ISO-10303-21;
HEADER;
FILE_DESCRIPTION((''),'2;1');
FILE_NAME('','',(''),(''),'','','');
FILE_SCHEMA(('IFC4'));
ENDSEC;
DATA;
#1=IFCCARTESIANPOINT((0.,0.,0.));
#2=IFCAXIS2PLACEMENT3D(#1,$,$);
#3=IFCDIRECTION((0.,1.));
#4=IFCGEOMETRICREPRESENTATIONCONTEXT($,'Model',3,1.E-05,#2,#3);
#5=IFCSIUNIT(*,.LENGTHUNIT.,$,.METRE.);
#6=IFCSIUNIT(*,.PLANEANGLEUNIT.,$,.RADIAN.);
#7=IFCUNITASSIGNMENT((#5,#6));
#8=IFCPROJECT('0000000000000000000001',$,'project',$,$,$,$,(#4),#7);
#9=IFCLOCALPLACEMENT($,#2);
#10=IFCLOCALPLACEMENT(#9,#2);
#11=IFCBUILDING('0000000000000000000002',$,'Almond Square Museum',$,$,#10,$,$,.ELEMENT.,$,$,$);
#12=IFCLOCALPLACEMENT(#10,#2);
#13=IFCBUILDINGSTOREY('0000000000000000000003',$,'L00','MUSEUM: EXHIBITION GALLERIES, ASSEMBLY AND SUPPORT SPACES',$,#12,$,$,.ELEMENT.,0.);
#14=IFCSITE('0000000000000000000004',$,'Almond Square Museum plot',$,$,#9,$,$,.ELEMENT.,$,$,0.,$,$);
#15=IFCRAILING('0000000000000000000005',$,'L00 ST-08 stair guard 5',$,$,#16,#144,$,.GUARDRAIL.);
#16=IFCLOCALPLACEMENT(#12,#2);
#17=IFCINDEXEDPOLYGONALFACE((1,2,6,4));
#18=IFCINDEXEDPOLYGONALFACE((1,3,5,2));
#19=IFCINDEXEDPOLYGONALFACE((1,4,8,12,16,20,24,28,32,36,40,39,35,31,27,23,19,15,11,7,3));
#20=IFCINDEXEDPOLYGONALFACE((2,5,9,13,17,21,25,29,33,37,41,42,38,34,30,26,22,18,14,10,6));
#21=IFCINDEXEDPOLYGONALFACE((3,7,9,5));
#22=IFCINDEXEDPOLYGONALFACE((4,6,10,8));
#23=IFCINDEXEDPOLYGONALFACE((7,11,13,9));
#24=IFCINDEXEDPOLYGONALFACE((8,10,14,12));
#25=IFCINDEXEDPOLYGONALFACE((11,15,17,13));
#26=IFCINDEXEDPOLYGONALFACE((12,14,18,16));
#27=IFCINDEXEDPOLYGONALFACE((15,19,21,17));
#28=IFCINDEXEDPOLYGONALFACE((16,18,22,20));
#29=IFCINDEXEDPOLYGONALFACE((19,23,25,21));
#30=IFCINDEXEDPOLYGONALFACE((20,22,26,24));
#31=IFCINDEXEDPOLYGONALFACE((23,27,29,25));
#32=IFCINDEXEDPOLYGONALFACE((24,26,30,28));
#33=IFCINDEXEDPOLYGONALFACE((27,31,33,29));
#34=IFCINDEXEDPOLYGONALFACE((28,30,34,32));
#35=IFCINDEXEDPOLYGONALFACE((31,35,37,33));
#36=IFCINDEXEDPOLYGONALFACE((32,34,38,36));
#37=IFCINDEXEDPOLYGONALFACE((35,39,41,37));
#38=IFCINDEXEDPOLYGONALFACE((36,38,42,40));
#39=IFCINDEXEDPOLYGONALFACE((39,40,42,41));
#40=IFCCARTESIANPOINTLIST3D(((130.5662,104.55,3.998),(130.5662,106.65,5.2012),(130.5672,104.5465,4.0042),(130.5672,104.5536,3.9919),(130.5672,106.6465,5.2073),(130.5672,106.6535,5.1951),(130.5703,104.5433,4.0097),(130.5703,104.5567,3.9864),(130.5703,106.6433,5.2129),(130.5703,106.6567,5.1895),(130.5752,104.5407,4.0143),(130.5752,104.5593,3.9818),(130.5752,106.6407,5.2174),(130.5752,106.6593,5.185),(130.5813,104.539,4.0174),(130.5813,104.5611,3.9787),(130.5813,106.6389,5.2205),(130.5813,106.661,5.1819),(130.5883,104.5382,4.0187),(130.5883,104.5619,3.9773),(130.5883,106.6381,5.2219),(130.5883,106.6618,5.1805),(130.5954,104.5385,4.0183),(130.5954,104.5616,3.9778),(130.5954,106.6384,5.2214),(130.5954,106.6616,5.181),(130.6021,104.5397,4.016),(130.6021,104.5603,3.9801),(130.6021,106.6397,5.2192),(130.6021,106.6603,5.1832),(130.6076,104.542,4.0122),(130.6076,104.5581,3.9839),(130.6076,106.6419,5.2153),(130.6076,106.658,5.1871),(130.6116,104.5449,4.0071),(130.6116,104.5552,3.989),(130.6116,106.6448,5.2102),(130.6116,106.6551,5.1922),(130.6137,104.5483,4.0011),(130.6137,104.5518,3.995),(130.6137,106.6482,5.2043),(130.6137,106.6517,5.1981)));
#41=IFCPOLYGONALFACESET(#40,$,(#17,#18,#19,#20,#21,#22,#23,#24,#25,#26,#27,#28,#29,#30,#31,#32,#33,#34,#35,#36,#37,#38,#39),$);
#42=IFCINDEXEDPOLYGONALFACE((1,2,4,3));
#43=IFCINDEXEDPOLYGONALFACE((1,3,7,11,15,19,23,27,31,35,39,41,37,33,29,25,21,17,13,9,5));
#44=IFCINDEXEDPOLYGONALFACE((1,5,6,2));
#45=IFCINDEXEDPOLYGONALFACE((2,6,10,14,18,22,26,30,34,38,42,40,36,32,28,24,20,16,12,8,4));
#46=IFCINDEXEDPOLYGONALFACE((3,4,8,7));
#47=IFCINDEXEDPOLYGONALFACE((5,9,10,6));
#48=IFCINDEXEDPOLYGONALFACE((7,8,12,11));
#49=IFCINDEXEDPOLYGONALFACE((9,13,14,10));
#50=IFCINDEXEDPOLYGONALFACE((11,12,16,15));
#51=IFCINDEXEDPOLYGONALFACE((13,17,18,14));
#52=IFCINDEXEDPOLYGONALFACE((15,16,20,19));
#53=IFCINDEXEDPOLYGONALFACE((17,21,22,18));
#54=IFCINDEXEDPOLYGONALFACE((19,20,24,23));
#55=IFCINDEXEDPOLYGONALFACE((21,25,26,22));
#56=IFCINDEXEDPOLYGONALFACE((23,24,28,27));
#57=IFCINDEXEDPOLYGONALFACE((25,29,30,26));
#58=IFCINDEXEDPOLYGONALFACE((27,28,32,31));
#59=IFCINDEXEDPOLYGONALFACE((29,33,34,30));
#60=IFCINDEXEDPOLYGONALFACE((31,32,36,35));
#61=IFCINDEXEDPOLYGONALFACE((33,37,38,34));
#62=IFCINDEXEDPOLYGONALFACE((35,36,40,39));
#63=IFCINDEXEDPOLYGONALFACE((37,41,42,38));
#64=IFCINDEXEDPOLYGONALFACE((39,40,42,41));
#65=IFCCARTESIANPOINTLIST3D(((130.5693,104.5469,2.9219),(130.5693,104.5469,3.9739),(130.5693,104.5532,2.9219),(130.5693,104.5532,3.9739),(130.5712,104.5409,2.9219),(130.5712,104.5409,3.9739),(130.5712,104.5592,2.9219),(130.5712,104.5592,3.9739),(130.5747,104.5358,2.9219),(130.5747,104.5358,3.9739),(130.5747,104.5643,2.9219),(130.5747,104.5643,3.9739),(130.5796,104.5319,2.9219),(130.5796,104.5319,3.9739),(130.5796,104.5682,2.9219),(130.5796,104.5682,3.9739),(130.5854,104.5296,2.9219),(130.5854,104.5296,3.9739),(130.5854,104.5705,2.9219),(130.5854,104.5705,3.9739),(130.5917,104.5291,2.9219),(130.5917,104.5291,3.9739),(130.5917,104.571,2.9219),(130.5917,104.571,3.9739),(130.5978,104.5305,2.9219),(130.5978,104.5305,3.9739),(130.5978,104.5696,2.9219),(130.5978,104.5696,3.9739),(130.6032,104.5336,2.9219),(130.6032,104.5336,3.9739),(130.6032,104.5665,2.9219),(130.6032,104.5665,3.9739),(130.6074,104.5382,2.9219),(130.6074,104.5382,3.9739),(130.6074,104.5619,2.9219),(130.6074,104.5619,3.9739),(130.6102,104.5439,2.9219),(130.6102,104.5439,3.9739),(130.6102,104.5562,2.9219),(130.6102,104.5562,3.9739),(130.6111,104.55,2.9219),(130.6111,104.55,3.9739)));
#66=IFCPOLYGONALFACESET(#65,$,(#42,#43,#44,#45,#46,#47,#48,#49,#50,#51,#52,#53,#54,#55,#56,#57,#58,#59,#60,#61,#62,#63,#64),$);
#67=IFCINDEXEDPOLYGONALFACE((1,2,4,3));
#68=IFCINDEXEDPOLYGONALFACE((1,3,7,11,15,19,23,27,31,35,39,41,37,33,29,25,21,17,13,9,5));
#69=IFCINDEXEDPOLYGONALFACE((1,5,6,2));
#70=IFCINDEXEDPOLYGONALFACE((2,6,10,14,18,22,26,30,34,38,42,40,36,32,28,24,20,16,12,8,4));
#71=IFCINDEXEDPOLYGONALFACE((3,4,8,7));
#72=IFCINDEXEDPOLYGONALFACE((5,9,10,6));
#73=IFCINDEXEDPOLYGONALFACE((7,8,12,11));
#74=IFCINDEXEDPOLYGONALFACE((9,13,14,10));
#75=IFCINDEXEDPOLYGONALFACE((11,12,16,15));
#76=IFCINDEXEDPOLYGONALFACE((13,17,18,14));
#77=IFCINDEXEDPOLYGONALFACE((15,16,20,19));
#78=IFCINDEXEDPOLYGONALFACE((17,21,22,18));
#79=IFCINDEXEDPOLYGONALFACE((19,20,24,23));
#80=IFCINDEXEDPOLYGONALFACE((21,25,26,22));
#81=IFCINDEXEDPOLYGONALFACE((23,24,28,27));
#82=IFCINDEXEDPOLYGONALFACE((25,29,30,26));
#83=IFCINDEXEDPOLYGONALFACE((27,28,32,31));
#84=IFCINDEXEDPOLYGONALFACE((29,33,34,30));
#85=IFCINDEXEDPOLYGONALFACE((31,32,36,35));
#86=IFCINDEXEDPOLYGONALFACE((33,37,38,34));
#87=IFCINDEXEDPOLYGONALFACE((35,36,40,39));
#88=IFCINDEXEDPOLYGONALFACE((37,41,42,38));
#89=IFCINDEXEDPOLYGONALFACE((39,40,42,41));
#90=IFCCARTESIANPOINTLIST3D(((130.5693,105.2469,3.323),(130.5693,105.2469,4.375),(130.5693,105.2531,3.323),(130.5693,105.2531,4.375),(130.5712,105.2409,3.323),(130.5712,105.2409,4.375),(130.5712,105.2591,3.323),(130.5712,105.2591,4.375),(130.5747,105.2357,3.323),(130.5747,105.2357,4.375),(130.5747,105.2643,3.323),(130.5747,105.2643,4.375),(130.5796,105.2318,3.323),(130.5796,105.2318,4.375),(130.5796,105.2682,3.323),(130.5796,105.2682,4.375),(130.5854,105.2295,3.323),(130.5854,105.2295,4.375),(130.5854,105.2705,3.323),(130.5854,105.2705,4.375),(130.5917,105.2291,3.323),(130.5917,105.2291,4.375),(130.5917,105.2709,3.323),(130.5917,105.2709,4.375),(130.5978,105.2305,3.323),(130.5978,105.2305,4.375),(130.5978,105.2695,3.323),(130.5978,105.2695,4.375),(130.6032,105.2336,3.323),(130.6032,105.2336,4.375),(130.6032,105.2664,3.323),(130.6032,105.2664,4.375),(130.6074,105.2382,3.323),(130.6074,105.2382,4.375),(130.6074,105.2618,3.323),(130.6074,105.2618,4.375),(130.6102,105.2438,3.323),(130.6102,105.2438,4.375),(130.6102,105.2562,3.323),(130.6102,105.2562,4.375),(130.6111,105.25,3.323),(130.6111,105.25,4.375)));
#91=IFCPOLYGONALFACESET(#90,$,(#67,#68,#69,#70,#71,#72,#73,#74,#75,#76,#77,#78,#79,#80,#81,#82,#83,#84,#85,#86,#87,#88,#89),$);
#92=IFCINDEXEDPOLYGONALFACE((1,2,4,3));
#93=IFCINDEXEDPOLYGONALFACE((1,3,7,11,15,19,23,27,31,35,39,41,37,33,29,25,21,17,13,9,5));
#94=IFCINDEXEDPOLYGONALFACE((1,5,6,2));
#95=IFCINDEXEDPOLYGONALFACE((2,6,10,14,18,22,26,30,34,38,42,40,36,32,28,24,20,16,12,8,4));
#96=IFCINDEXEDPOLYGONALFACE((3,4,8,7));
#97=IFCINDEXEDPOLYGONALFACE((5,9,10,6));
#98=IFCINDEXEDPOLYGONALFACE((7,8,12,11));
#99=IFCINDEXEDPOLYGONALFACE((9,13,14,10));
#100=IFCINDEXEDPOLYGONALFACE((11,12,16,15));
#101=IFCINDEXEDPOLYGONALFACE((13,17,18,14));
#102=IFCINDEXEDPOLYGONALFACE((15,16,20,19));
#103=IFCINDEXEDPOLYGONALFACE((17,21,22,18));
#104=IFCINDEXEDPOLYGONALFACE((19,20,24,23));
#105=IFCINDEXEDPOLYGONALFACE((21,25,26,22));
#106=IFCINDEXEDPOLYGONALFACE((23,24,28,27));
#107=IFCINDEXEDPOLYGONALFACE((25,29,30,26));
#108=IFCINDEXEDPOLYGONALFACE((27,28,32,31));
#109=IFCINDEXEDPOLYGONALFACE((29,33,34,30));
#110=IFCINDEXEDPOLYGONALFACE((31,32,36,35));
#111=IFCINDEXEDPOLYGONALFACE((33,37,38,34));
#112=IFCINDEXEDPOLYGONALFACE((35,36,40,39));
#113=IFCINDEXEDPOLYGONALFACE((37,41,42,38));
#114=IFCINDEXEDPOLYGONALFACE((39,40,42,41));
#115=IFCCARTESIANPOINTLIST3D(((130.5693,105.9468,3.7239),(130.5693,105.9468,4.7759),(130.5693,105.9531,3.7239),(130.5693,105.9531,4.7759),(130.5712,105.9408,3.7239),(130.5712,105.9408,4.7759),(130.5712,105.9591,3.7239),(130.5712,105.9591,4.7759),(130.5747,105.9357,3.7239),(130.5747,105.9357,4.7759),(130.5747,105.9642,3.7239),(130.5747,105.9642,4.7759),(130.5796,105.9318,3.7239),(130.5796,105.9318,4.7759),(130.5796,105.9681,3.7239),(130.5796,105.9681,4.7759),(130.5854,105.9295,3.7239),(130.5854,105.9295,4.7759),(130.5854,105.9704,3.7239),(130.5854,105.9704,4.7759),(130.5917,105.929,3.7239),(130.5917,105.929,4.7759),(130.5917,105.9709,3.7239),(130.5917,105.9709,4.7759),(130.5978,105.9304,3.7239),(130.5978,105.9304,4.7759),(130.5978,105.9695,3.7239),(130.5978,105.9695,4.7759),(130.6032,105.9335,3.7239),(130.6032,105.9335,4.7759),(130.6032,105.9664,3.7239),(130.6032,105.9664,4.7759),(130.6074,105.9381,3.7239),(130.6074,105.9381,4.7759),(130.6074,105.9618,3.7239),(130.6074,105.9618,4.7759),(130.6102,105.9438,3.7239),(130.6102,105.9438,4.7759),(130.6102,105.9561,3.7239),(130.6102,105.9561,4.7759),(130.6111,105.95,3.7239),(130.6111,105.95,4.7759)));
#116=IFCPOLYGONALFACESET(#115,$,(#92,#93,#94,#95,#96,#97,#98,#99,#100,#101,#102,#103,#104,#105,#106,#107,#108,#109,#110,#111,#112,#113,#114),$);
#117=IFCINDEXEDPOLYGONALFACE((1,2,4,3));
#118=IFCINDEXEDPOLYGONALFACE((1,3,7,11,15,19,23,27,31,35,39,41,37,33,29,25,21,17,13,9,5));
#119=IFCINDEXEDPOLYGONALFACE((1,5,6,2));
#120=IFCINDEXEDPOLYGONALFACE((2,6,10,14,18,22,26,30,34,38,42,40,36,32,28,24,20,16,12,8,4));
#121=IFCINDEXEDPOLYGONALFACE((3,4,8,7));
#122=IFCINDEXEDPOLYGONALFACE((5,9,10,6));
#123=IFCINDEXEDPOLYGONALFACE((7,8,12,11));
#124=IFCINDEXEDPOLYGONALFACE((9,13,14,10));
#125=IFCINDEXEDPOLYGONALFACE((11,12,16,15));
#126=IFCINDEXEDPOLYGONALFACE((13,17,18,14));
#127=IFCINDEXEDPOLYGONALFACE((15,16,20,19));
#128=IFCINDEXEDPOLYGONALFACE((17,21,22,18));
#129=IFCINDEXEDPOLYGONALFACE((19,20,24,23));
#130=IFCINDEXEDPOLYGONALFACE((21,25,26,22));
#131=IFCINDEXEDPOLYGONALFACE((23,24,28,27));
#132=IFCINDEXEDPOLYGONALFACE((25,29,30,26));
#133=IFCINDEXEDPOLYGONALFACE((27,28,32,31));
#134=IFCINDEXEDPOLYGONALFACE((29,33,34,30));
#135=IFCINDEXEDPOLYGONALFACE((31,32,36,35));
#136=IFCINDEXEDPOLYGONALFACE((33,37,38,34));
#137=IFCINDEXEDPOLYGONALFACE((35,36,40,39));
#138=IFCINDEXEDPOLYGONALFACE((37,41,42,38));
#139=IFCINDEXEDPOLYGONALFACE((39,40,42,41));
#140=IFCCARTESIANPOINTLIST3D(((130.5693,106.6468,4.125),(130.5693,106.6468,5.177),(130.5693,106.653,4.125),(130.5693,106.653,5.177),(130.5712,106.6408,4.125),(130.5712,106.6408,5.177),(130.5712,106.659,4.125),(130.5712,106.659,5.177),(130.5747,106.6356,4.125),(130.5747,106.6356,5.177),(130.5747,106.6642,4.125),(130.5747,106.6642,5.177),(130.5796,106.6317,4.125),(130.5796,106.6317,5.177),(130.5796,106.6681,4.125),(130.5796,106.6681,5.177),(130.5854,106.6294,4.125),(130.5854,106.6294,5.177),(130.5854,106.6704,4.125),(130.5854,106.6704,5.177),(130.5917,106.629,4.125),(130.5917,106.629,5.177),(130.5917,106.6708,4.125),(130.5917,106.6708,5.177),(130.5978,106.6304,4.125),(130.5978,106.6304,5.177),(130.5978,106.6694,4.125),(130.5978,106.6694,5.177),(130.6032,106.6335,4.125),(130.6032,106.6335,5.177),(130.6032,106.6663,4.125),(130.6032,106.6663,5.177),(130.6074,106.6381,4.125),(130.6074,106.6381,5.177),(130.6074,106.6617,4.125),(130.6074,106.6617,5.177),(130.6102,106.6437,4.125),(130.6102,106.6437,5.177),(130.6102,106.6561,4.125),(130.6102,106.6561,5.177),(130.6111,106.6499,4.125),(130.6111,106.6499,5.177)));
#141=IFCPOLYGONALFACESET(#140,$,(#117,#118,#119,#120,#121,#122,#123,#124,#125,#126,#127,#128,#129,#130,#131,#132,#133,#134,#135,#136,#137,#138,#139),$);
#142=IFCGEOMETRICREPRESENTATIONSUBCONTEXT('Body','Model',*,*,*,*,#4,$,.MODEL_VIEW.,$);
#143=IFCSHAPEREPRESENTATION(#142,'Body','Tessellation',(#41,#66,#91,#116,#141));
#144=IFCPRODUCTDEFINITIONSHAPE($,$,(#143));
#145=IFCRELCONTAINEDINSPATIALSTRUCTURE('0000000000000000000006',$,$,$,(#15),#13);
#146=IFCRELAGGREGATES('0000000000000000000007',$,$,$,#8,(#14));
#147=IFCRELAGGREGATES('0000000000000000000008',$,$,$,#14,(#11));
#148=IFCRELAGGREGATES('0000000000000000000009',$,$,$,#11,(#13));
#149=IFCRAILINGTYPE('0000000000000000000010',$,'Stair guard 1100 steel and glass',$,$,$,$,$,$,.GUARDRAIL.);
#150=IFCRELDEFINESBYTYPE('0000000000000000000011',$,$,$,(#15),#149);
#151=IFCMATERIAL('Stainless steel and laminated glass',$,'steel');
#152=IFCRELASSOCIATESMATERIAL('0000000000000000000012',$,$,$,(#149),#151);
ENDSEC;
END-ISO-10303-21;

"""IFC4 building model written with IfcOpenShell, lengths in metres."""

from ifc_helpers import new_model, si_unit, direction, frame, origin, origin_2d, place, context, subcontext, project, spatial, circle, extrude, material, type_object, element, save


model = new_model("IFC4")

# Units and contexts
model_context = context("Model", 3, precision=1e-05, world=origin(), true_north=direction((0.0, 1.0)))
body_context = subcontext(model_context, "Body", "Model", "MODEL_VIEW")
ifc_project = project(units=[si_unit("LENGTHUNIT", "METRE"), si_unit("PLANEANGLEUNIT", "RADIAN")], contexts=[model_context])

# Site, building, storey
site_placement = place(None, origin())
site = spatial("IfcSite", under=ifc_project, at=site_placement, Name="Almond Square Museum plot", CompositionType="ELEMENT", RefElevation=0.0)
building_placement = place(site_placement, origin())
building = spatial("IfcBuilding", under=site, at=building_placement, Name="Almond Square Museum", CompositionType="ELEMENT")
storey_placement = place(building_placement, origin())
storey = spatial("IfcBuildingStorey", under=building, at=storey_placement, Name="L00", Description="MUSEUM: EXHIBITION GALLERIES, ASSEMBLY AND SUPPORT SPACES", CompositionType="ELEMENT", Elevation=0.0)

# Railing
ifc_material_1 = material(Name="Stainless steel and laminated glass", Category="steel")
railing_type_1 = type_object("IfcRailingType", Name="Stair guard 1100 steel and glass", PredefinedType="GUARDRAIL", material=ifc_material_1)
railing_1_placement = place(storey_placement, frame((130.5901, 104.55, 2.9219)))
element("IfcRailing", 1, at=railing_1_placement, inside=storey, type_object=railing_type_1, Name="L00 ST-08 stair guard 5", PredefinedType="GUARDRAIL", context=body_context, shape_type="SweptSolid", body=[
    extrude(circle(Radius=0.0239, at=origin_2d()), frame((0.0, 0.0, 1.0762), z_axis=(0.0, 0.867671, 0.497138), x_axis=(-1.0, 0.0, 0.0)), (0.0, 0.0, 1.0), 2.4202),
    extrude(circle(Radius=0.021, at=origin_2d()), origin(), (0.0, 0.0, 1.0), 1.052),
    extrude(circle(Radius=0.021, at=origin_2d()), frame((0.0, 0.7, 0.4011)), (0.0, 0.0, 1.0), 1.052),
    extrude(circle(Radius=0.021, at=origin_2d()), frame((0.0, 1.3999, 0.802)), (0.0, 0.0, 1.0), 1.052),
    extrude(circle(Radius=0.021, at=origin_2d()), frame((0.0, 2.0999, 1.2031)), (0.0, 0.0, 1.0), 1.052),
])

save(model, "model.ifc")
